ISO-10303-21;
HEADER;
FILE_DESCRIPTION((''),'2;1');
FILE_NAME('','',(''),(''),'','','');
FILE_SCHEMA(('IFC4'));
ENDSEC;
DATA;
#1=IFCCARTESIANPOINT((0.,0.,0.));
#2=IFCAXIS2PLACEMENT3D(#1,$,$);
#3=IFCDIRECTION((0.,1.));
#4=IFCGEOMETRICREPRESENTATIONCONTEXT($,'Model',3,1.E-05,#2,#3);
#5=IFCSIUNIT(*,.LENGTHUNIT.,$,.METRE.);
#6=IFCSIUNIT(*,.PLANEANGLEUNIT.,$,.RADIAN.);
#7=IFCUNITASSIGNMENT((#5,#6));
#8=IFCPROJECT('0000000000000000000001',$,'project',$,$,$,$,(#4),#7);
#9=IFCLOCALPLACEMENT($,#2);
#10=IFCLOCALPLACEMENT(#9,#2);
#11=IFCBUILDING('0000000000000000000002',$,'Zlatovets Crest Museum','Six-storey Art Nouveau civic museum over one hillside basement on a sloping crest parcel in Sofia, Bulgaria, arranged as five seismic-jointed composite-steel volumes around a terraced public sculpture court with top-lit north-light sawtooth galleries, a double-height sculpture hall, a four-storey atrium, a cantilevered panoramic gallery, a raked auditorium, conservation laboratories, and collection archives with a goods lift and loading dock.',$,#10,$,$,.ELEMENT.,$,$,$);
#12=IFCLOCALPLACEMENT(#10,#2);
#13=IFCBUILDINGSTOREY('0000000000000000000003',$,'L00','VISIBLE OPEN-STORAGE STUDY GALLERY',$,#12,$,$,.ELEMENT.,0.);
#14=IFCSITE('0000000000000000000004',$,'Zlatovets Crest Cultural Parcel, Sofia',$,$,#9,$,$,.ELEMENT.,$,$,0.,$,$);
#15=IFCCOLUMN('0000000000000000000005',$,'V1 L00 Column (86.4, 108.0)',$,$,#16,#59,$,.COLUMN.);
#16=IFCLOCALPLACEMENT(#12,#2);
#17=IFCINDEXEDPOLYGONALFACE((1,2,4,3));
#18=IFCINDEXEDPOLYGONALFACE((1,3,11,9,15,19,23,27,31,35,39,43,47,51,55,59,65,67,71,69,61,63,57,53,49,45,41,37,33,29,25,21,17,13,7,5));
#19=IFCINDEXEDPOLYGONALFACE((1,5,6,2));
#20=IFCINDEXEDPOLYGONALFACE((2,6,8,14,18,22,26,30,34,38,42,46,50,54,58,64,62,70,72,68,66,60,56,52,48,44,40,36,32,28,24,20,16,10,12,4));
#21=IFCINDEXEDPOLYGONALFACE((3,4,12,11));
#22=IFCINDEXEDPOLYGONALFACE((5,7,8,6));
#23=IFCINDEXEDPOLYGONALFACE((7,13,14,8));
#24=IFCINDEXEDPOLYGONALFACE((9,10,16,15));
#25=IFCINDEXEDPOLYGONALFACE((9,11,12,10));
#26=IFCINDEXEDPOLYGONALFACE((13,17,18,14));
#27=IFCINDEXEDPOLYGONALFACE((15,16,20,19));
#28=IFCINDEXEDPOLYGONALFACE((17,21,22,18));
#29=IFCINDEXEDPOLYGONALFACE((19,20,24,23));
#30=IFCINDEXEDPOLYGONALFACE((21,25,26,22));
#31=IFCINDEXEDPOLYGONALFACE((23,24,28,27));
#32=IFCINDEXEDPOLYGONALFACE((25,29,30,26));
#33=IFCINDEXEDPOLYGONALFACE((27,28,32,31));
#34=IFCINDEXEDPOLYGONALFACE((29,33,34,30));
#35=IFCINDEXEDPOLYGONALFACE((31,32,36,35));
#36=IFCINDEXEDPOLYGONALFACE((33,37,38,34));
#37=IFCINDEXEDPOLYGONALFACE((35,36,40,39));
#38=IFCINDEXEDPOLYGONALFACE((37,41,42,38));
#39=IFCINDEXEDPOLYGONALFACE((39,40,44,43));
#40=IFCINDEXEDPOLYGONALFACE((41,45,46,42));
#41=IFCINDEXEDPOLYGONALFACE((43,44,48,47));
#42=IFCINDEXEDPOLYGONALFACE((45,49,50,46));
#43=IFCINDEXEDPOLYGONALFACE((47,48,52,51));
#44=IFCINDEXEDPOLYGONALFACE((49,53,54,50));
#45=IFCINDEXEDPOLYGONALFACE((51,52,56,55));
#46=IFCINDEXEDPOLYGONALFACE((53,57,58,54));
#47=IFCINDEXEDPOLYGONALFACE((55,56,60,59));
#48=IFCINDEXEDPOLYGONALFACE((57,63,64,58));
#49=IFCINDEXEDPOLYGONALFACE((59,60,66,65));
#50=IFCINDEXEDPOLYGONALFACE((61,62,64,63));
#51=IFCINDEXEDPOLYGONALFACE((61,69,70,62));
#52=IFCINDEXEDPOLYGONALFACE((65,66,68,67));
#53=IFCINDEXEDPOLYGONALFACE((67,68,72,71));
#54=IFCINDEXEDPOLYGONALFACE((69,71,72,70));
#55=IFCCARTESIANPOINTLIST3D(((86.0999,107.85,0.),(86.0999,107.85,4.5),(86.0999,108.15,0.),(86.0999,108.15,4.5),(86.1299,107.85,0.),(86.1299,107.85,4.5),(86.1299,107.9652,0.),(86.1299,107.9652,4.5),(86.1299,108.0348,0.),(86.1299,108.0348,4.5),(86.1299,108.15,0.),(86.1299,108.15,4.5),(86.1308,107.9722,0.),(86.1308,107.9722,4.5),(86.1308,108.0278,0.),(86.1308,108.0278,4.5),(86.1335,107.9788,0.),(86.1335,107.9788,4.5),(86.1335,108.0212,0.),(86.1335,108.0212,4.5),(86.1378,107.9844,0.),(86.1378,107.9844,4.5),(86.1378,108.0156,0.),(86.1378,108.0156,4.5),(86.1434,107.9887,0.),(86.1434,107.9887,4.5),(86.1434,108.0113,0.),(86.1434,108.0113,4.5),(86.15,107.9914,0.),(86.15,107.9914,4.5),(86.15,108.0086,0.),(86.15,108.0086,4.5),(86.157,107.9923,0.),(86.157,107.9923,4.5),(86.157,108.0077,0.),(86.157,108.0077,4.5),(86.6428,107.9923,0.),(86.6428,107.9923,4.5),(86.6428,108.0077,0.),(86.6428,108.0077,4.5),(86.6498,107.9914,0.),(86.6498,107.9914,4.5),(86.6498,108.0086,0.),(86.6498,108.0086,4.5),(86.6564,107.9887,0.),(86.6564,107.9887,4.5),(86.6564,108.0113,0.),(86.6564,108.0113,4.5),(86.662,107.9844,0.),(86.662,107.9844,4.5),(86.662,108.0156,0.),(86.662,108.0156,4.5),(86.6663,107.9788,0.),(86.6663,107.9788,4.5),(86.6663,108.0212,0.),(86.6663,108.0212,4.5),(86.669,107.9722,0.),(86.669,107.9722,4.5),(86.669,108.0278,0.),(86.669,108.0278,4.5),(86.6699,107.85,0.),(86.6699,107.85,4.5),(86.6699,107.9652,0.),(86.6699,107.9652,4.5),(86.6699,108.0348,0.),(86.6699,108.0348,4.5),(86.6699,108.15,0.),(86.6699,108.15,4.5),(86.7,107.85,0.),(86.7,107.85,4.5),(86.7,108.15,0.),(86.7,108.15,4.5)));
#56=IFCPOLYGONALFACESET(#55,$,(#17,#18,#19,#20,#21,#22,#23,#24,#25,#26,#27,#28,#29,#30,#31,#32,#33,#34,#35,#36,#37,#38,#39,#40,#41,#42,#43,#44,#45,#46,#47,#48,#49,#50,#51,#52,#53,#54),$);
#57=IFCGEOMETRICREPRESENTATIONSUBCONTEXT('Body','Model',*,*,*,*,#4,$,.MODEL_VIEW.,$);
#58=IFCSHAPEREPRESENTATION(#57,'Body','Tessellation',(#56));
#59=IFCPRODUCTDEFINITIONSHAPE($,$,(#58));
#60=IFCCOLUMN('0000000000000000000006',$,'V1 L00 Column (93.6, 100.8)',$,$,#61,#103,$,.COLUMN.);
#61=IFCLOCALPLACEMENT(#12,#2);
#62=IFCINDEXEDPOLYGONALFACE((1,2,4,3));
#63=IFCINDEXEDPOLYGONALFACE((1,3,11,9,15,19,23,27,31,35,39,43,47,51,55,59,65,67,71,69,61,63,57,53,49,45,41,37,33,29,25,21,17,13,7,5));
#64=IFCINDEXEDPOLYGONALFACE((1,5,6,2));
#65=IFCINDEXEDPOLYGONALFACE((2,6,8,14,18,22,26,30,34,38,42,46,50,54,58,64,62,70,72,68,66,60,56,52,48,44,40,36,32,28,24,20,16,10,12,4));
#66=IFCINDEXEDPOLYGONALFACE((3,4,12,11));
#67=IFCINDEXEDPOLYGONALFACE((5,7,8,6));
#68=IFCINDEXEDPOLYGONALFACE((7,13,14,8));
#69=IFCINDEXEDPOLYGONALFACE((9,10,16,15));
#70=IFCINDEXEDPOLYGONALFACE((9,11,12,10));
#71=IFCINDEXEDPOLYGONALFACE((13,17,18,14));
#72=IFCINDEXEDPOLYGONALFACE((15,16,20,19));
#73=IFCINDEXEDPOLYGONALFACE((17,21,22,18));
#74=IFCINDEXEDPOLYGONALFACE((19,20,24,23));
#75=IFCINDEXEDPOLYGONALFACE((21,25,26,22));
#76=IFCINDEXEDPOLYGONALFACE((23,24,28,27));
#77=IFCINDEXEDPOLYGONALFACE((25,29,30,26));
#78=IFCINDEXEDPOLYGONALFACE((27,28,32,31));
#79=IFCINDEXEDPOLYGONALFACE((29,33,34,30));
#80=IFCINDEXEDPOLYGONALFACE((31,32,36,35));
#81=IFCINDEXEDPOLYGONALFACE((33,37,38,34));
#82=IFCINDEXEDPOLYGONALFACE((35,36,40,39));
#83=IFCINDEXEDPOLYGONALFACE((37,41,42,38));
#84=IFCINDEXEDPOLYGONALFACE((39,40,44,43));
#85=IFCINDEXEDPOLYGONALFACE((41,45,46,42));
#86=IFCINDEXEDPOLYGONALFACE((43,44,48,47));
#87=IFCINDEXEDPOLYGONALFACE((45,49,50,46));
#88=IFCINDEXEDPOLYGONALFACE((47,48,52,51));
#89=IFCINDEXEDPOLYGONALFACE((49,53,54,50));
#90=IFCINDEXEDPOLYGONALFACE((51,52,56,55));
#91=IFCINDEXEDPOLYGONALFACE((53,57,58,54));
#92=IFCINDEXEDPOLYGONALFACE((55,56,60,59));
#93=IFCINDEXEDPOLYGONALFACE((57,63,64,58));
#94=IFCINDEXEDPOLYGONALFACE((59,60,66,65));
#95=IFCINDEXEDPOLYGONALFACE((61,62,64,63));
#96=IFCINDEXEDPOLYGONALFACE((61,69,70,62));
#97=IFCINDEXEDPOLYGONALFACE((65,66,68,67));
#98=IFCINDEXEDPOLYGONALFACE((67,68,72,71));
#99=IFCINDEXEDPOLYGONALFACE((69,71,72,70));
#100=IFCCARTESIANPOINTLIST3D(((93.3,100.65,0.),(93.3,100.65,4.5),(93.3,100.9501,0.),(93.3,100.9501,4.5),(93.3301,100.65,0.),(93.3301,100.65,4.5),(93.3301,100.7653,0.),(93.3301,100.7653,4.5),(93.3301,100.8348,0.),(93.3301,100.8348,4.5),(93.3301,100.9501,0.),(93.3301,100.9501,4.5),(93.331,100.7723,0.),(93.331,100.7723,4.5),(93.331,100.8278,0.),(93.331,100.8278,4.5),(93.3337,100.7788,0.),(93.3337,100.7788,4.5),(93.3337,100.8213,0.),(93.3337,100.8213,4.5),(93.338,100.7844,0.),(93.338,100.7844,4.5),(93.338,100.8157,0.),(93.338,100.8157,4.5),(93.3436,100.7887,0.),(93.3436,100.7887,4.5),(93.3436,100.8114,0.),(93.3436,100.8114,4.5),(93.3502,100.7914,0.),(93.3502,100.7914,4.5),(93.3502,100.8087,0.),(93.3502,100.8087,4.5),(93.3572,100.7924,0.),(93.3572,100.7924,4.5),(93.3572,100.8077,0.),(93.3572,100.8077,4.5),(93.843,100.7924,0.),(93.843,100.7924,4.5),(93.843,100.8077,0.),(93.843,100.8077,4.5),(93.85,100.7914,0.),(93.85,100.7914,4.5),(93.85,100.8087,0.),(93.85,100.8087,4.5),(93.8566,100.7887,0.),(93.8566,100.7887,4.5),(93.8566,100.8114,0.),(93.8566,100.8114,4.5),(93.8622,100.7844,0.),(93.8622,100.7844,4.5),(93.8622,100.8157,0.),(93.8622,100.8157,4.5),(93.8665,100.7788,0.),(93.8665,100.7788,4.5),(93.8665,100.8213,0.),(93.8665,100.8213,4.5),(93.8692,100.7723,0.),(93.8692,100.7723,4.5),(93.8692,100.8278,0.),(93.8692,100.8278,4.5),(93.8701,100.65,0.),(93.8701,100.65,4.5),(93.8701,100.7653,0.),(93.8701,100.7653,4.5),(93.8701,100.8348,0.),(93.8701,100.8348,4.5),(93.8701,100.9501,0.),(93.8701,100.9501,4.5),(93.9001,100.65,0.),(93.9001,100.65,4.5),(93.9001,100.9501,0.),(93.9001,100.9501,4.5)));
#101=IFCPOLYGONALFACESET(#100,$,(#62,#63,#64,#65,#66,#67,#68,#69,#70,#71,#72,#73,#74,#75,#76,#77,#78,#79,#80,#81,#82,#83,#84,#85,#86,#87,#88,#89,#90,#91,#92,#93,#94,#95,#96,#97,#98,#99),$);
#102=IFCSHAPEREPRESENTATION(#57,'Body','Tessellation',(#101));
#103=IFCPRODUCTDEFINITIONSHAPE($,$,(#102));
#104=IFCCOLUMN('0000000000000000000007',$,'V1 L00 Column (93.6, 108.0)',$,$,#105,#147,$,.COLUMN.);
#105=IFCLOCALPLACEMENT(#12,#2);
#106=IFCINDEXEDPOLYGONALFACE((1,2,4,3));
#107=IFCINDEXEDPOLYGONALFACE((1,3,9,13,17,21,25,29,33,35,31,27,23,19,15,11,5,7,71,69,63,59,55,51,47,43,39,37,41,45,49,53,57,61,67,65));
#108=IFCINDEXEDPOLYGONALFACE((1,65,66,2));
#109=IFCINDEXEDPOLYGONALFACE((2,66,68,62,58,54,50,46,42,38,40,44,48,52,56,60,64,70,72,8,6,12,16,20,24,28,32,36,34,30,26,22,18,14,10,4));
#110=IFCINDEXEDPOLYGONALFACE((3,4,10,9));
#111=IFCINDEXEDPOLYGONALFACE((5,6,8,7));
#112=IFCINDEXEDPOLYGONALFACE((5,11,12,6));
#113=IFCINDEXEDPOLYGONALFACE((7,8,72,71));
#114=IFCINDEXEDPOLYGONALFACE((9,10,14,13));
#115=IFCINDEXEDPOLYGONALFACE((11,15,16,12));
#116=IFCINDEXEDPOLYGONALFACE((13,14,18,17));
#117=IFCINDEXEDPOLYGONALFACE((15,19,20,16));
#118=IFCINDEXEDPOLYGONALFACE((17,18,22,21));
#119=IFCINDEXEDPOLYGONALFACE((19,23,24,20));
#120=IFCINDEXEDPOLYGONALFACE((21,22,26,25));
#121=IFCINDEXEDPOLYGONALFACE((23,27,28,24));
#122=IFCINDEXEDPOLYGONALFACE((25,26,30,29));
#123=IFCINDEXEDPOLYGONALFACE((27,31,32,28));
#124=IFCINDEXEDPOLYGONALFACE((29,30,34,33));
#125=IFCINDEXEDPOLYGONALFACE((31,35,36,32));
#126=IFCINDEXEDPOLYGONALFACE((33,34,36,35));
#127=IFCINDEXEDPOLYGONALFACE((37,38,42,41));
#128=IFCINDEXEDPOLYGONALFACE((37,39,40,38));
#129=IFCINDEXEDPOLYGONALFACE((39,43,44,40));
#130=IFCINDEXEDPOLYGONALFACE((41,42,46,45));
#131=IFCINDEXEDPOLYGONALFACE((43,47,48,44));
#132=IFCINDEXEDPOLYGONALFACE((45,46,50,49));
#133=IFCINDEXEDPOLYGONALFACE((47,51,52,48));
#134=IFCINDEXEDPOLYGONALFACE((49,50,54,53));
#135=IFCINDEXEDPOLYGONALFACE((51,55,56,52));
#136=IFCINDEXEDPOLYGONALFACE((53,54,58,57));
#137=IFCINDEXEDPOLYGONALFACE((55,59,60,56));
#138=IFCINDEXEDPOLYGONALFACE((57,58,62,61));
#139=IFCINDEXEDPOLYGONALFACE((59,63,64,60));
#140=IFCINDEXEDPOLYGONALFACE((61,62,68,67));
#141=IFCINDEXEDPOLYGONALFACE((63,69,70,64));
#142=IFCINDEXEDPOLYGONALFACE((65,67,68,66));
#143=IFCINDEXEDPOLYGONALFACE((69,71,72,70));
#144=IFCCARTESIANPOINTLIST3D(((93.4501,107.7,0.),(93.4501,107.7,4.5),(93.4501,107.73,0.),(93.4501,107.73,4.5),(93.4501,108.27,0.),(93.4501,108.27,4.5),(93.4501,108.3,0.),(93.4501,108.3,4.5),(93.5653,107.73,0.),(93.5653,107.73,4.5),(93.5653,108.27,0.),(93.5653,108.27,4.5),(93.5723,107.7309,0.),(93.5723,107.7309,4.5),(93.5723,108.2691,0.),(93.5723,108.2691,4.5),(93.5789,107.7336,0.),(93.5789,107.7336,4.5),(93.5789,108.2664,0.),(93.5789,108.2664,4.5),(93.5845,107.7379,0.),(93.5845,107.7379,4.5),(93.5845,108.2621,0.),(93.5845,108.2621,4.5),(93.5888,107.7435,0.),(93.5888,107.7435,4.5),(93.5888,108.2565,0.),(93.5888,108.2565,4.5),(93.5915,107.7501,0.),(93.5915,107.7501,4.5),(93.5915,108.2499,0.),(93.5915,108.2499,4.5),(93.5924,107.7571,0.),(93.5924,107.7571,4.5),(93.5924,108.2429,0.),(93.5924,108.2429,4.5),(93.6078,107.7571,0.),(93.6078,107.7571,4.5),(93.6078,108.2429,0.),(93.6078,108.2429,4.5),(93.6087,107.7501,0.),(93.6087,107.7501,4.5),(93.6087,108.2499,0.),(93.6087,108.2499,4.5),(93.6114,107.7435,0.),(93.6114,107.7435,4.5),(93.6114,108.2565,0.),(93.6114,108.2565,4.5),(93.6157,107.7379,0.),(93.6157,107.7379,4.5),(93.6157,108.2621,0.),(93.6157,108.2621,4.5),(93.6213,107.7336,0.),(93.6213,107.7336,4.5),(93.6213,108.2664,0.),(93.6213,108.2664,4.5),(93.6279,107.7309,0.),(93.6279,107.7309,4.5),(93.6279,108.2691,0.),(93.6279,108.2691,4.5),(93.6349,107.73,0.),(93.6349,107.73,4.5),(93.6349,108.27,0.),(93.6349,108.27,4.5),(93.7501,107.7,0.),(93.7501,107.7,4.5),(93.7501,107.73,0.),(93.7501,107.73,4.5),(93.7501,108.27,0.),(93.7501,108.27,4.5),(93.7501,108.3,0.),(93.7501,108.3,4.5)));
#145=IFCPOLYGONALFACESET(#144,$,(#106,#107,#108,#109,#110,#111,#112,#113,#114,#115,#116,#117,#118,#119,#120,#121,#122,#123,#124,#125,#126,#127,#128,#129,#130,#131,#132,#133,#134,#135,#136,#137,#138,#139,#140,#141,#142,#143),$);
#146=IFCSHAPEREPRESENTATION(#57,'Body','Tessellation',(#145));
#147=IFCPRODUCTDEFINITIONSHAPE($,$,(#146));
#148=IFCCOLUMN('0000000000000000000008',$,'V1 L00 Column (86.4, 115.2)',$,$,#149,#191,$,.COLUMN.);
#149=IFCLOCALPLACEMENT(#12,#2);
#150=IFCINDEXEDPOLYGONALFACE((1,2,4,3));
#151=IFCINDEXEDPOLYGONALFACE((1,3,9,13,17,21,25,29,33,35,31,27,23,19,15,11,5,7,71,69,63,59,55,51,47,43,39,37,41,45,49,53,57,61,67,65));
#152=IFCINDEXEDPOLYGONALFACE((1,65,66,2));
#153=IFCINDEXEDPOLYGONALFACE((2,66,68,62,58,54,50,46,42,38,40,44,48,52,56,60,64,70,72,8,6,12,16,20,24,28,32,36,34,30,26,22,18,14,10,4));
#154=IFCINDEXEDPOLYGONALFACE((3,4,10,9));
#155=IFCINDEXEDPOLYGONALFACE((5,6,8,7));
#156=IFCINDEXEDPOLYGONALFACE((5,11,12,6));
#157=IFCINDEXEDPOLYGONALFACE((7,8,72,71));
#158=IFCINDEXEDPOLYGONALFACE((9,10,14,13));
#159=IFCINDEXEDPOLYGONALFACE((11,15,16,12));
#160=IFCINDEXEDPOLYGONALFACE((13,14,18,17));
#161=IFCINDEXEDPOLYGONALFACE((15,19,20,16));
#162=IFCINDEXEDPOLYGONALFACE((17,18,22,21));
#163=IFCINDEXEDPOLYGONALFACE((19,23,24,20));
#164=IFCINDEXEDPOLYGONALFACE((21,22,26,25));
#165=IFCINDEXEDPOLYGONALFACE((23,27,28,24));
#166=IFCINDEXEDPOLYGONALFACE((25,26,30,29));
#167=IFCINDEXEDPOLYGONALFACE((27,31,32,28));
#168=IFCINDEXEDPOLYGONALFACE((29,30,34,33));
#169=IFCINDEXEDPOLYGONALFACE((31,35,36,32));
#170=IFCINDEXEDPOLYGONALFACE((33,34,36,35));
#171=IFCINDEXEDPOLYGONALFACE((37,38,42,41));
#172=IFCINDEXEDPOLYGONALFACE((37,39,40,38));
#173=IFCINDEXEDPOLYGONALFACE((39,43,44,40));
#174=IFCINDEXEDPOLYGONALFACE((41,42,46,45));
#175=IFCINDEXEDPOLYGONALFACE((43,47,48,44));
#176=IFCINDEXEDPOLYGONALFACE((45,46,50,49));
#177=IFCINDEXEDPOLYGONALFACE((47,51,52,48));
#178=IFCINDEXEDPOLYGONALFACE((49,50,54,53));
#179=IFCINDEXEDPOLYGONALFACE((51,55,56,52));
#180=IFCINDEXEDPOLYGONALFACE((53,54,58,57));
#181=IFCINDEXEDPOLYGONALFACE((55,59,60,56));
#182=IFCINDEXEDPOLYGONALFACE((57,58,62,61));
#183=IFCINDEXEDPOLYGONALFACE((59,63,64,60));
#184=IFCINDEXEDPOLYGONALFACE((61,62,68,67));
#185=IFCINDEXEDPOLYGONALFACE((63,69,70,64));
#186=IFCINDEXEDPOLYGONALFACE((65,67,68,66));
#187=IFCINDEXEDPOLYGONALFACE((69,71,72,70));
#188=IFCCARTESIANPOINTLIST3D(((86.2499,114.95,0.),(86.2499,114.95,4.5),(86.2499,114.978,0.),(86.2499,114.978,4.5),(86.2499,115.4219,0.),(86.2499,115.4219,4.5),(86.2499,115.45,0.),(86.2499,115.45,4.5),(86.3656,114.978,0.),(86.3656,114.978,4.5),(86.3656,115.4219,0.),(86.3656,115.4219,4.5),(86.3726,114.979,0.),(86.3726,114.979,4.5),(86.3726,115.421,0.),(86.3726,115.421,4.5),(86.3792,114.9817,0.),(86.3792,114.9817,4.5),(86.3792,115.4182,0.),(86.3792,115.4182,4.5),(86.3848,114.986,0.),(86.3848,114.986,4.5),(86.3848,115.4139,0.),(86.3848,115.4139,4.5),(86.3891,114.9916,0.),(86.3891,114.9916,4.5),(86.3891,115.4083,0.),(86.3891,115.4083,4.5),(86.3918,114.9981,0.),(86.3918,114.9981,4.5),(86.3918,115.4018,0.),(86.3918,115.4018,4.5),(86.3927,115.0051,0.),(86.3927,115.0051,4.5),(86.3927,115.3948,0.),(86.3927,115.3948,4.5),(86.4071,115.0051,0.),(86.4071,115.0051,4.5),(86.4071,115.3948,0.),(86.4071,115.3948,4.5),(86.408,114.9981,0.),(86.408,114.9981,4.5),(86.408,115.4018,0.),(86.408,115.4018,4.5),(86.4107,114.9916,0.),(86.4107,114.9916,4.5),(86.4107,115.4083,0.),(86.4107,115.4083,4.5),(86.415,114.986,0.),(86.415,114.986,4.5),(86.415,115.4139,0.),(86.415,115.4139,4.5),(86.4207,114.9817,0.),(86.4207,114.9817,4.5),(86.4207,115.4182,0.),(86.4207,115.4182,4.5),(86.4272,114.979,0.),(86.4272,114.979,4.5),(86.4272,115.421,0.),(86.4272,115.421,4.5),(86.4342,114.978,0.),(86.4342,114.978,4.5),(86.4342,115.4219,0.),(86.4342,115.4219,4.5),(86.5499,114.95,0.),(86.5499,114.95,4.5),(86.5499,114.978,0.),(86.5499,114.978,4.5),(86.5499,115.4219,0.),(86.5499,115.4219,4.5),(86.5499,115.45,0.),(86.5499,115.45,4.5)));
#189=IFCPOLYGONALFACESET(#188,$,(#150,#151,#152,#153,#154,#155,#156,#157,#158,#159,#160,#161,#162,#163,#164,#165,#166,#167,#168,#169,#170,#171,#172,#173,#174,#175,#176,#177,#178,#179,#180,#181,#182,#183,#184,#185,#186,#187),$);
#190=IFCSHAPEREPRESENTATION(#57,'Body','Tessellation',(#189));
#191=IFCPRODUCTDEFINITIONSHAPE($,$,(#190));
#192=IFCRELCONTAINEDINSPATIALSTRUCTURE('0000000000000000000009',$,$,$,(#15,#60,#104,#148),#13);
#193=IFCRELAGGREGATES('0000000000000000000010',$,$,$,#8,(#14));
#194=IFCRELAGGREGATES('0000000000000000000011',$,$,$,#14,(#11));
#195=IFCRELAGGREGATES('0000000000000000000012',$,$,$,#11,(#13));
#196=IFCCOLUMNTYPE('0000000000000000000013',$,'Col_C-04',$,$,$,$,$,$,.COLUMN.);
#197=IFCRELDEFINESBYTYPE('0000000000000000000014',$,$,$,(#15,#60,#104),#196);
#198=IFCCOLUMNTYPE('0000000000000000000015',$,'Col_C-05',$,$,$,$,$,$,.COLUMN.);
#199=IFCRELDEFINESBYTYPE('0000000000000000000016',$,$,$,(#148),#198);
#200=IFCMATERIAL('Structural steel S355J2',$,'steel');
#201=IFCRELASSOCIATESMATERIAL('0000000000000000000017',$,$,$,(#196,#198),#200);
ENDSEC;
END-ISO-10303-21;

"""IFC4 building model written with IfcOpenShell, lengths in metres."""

from ifc_helpers import new_model, si_unit, direction, frame, origin, origin_2d, place, context, subcontext, project, spatial, i_section, extrude, material, material_profile, profile_set, type_object, element, save


model = new_model("IFC4")

# Units and contexts
model_context = context("Model", 3, precision=1e-05, world=origin(), true_north=direction((0.0, 1.0)))
body_context = subcontext(model_context, "Body", "Model", "MODEL_VIEW")
ifc_project = project(units=[si_unit("LENGTHUNIT", "METRE"), si_unit("PLANEANGLEUNIT", "RADIAN")], contexts=[model_context])

# Site, building, storey
site_placement = place(None, origin())
site = spatial("IfcSite", under=ifc_project, at=site_placement, Name="Zlatovets Crest Cultural Parcel, Sofia", CompositionType="ELEMENT", RefElevation=0.0)
building_placement = place(site_placement, origin())
building = spatial("IfcBuilding", under=site, at=building_placement, Name="Zlatovets Crest Museum", Description="Six-storey Art Nouveau civic museum over one hillside basement on a sloping crest parcel in Sofia, Bulgaria, arranged as five seismic-jointed composite-steel volumes around a terraced public sculpture court with top-lit north-light sawtooth galleries, a double-height sculpture hall, a four-storey atrium, a cantilevered panoramic gallery, a raked auditorium, conservation laboratories, and collection archives with a goods lift and loading dock.", CompositionType="ELEMENT")
storey_placement = place(building_placement, origin())
storey = spatial("IfcBuildingStorey", under=building, at=storey_placement, Name="L00", Description="VISIBLE OPEN-STORAGE STUDY GALLERY", CompositionType="ELEMENT", Elevation=0.0)

# Columns
ifc_material_1 = material(Name="Structural steel S355J2", Category="steel")
ifc_material_profile_1 = material_profile(ifc_material_1, i_section(OverallWidth=0.3, OverallDepth=0.6001, WebThickness=0.0154, FlangeThickness=0.03, FilletRadius=0.0271, at=origin_2d()), Name="HEB 600")
ifc_profile_set_1 = profile_set([ifc_material_profile_1], Name="Structural steel S355J2")
column_type_1 = type_object("IfcColumnType", Name="Col_C-04", PredefinedType="COLUMN", material=ifc_profile_set_1)
for number, where, z_axis, x_axis, name in (
    (1, (86.3999, 108.0, 0.0), (0.0, 0.0, 1.0), (0.0, 1.0, 0.0), "V1 L00 Column (86.4, 108.0)"),
    (2, (93.6001, 100.8, 0.0), (0.0, 0.0, 1.0), (0.0, 1.0, 0.0), "V1 L00 Column (93.6, 100.8)"),
    (3, (93.6001, 108.0, 0.0), (0.0, 0.0, 1.0), (1.0, 0.0, 0.0), "V1 L00 Column (93.6, 108.0)"),
):
    element("IfcColumn", number, at=place(storey_placement, frame(where, z_axis=z_axis, x_axis=x_axis)), inside=storey, type_object=column_type_1, Name=name, PredefinedType="COLUMN", context=body_context, shape_type="SweptSolid", body=[
        extrude(i_section(OverallWidth=0.3, OverallDepth=0.6001, WebThickness=0.0154, FlangeThickness=0.03, FilletRadius=0.0271, at=origin_2d()), origin(), (0.0, 0.0, 1.0), 4.5),
    ])
ifc_material_profile_2 = material_profile(ifc_material_1, i_section(OverallWidth=0.3, OverallDepth=0.5, WebThickness=0.0144, FlangeThickness=0.0281, FilletRadius=0.0271, at=origin_2d()), Name="HEB 500")
ifc_profile_set_2 = profile_set([ifc_material_profile_2], Name="Structural steel S355J2")
column_type_2 = type_object("IfcColumnType", Name="Col_C-05", PredefinedType="COLUMN", material=ifc_profile_set_2)
column_placement = place(storey_placement, frame((86.3999, 115.2, 0.0), z_axis=(0.0, 0.0, 1.0), x_axis=(1.0, 0.0, 0.0)))
element("IfcColumn", 4, at=column_placement, inside=storey, type_object=column_type_2, Name="V1 L00 Column (86.4, 115.2)", PredefinedType="COLUMN", context=body_context, shape_type="SweptSolid", body=[
    extrude(i_section(OverallWidth=0.3, OverallDepth=0.5, WebThickness=0.0144, FlangeThickness=0.0281, FilletRadius=0.0271, at=origin_2d()), origin(), (0.0, 0.0, 1.0), 4.5),
])

save(model, "model.ifc")
